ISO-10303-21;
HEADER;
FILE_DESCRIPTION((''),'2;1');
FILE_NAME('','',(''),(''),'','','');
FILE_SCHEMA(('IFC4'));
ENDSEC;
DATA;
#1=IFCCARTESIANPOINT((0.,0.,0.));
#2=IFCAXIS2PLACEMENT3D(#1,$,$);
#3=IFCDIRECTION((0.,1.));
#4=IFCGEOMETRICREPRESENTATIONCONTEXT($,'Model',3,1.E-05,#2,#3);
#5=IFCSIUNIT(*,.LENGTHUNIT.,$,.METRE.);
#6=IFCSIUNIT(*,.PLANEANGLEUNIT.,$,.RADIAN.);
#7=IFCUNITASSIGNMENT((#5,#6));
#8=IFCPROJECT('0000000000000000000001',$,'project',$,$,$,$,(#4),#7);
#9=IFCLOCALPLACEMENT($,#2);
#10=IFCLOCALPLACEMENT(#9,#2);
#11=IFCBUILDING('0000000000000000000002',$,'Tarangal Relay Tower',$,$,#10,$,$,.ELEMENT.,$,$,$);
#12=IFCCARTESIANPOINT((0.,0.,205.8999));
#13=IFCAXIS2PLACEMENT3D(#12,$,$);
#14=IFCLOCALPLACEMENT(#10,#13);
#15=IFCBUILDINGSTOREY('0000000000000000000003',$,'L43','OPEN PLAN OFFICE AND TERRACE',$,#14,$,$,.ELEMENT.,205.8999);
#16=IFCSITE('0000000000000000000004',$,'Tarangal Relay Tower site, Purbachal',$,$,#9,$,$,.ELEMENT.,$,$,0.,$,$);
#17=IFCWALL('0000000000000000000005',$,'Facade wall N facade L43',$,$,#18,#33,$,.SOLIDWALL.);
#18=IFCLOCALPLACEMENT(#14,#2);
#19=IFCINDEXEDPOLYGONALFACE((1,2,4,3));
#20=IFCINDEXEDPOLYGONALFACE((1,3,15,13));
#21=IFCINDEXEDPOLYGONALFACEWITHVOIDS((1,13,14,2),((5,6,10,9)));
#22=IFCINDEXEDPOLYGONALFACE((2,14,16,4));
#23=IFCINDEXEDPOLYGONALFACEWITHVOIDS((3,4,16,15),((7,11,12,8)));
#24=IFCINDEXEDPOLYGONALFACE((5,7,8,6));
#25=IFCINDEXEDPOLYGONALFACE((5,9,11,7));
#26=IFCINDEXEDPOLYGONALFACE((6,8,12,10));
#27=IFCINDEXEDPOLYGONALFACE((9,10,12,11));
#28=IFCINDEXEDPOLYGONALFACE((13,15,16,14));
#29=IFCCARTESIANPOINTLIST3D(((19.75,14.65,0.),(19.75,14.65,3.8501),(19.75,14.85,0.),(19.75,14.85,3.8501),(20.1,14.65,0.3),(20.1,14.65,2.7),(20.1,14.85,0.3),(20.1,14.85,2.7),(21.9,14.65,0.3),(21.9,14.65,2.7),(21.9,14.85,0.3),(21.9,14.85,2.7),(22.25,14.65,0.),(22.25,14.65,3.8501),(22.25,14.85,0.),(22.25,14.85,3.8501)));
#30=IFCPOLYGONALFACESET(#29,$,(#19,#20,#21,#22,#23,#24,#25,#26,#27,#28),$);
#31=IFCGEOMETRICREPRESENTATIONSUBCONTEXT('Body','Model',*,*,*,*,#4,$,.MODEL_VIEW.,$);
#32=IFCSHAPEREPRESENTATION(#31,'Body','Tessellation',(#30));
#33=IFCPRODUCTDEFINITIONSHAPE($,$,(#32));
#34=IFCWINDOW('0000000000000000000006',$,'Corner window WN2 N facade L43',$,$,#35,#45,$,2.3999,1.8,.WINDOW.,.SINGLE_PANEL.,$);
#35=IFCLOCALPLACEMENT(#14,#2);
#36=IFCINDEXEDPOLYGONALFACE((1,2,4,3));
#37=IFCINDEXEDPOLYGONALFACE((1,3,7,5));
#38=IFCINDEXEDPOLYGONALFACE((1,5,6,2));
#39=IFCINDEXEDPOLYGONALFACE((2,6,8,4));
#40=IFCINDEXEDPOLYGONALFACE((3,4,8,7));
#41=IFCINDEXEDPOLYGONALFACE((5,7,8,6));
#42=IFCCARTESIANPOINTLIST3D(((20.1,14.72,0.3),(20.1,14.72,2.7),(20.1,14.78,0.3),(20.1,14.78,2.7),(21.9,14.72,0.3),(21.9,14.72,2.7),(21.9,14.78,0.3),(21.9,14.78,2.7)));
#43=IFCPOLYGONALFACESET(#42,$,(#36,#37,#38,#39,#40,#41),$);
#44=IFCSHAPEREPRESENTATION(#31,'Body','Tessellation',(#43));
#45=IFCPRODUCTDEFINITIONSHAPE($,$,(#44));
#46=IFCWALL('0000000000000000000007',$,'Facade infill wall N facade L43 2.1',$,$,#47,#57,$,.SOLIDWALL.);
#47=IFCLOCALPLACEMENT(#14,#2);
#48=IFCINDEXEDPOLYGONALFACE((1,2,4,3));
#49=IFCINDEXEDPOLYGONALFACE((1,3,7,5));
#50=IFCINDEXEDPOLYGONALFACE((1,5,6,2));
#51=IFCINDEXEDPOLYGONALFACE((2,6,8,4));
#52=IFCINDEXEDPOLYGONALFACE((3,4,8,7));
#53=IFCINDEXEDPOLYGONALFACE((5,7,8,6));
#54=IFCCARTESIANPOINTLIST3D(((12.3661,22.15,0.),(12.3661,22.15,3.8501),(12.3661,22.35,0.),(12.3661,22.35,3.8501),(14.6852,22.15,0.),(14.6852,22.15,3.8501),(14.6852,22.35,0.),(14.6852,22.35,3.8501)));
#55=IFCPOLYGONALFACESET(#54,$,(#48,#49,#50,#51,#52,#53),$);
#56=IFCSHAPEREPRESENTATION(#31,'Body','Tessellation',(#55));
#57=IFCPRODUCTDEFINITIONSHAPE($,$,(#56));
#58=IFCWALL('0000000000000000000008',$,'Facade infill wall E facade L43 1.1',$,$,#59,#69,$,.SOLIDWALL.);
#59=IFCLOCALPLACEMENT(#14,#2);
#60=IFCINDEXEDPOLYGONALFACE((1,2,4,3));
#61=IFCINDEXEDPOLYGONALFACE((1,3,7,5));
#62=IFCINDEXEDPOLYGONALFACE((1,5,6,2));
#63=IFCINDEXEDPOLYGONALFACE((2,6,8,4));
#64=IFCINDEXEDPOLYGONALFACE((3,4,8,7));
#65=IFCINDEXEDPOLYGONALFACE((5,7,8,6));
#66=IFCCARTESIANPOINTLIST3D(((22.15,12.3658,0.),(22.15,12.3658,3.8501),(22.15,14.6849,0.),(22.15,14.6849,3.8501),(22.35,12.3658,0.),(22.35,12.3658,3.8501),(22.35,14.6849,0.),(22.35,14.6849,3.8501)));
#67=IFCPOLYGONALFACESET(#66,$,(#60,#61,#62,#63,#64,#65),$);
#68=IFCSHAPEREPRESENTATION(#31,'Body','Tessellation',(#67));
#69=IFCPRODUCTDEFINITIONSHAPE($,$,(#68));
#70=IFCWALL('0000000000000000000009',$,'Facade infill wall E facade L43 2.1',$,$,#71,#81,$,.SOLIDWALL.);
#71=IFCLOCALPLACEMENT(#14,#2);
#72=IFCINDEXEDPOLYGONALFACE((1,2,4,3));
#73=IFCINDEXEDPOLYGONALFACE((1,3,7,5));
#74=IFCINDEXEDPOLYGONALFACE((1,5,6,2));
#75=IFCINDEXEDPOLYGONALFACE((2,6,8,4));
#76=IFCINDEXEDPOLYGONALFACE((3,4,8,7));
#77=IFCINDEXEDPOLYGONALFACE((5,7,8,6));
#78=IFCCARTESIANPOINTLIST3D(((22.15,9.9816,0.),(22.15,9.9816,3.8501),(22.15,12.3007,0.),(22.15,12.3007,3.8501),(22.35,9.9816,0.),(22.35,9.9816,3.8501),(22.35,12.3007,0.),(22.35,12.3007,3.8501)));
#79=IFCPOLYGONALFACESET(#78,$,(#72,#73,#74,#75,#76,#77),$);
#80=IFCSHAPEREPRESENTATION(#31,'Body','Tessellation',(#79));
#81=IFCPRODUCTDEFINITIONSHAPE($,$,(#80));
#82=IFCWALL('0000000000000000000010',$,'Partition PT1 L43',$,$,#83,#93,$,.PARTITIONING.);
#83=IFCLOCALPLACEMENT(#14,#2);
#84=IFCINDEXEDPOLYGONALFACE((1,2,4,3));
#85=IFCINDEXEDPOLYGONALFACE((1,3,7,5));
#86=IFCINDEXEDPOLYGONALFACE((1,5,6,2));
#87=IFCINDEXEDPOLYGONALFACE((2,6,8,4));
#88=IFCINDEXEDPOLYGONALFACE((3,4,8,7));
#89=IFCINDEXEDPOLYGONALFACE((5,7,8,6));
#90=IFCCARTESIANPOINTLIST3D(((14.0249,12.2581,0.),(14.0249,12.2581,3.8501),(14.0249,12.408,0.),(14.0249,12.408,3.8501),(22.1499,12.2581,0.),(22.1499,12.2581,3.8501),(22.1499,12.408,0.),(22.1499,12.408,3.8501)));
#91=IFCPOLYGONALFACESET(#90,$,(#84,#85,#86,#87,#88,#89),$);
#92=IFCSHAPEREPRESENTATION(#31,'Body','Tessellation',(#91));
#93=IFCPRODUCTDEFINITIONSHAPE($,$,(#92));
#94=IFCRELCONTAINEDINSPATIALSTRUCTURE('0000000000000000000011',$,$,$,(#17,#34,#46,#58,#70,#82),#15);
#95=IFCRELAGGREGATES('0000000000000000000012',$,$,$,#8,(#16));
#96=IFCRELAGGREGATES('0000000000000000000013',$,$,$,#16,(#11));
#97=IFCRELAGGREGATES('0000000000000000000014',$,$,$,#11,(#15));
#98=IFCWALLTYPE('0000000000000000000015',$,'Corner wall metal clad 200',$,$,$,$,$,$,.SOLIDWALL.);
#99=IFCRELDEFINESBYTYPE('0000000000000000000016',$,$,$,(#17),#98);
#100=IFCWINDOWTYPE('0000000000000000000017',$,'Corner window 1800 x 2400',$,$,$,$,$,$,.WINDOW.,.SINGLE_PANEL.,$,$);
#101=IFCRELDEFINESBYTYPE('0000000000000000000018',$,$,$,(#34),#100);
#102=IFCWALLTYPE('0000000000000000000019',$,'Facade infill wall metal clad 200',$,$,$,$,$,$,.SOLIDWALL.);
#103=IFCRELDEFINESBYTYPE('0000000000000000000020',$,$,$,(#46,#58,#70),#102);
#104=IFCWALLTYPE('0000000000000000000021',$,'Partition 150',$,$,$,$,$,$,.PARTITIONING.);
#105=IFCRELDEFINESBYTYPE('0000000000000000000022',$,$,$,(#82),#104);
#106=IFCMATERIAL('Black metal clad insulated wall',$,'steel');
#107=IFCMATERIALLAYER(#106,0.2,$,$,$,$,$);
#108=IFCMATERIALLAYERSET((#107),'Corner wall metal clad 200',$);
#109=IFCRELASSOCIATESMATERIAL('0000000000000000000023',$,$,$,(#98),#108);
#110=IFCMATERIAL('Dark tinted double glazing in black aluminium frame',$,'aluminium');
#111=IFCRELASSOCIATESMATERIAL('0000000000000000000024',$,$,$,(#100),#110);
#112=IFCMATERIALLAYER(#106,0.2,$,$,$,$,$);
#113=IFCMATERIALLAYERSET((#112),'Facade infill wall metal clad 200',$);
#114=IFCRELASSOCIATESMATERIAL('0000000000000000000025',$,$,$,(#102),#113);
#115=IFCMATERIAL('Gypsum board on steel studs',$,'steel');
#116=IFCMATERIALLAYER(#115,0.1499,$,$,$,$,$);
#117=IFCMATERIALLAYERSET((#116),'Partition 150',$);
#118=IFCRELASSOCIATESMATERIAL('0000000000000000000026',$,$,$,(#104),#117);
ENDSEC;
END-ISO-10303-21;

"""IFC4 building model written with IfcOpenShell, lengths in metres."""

from ifc_helpers import new_model, si_unit, direction, frame, frame_2d, origin, place, context, subcontext, project, spatial, rectangle, extrude, material, layer, layer_set, type_object, element, fill, save


model = new_model("IFC4")

# Units and contexts
model_context = context("Model", 3, precision=1e-05, world=origin(), true_north=direction((0.0, 1.0)))
body_context = subcontext(model_context, "Body", "Model", "MODEL_VIEW")
ifc_project = project(units=[si_unit("LENGTHUNIT", "METRE"), si_unit("PLANEANGLEUNIT", "RADIAN")], contexts=[model_context])

# Site, building, storey
site_placement = place(None, origin())
site = spatial("IfcSite", under=ifc_project, at=site_placement, Name="Tarangal Relay Tower site, Purbachal", CompositionType="ELEMENT", RefElevation=0.0)
building_placement = place(site_placement, origin())
building = spatial("IfcBuilding", under=site, at=building_placement, Name="Tarangal Relay Tower", CompositionType="ELEMENT")
storey_placement = place(building_placement, frame((0.0, 0.0, 205.8999)))
storey = spatial("IfcBuildingStorey", under=building, at=storey_placement, Name="L43", Description="OPEN PLAN OFFICE AND TERRACE", CompositionType="ELEMENT", Elevation=205.8999)

# Shared definitions
ifc_material_1 = material(Name="Black metal clad insulated wall", Category="steel")
ifc_layer_1 = layer(ifc_material_1, 0.2)
ifc_layer_set_1 = layer_set([ifc_layer_1], Name="Corner wall metal clad 200")
wall_type_1 = type_object("IfcWallType", Name="Corner wall metal clad 200", PredefinedType="SOLIDWALL", material=ifc_layer_set_1)

# Shared definitions
ifc_material_2 = material(Name="Dark tinted double glazing in black aluminium frame", Category="aluminium")
window_type = type_object("IfcWindowType", Name="Corner window 1800 x 2400", PartitioningType="SINGLE_PANEL", PredefinedType="WINDOW", material=ifc_material_2)

# Wall, opening, window
wall_1_placement = place(storey_placement, frame((19.75, 14.75, 0.0), z_axis=(0.0, 0.0, 1.0), x_axis=(1.0, 0.0, 0.0)))
wall_1 = element("IfcWall", 1, at=wall_1_placement, inside=storey, type_object=wall_type_1, Name="Facade wall N facade L43", PredefinedType="SOLIDWALL", context=body_context, shape_type="SweptSolid", body=[
    extrude(rectangle(XDim=2.5, YDim=0.2, at=frame_2d((1.25, 0.0))), origin(), (0.0, 0.0, 1.0), 3.8501),
])
opening_1_placement = place(wall_1_placement, frame((0.3501, 0.0, 0.3)))
opening_1 = element("IfcOpeningElement", 2, at=opening_1_placement, cuts=wall_1, PredefinedType="OPENING", context=body_context, shape_type="SweptSolid", body=[
    extrude(rectangle(XDim=1.8, YDim=2.3999, at=frame_2d((0.8999, 1.2))), frame((0.0, 0.1099, 0.0), z_axis=(0.0, -1.0, 0.0), x_axis=(1.0, 0.0, 0.0)), (0.0, 0.0, 1.0), 0.22),
])
window_1_placement = place(opening_1_placement, origin())
window_1 = element("IfcWindow", 3, at=window_1_placement, inside=storey, type_object=window_type, Name="Corner window WN2 N facade L43", OverallHeight=2.3999, OverallWidth=1.8, PartitioningType="SINGLE_PANEL", PredefinedType="WINDOW", context=body_context, shape_type="SweptSolid", body=[
    extrude(rectangle(XDim=1.8, YDim=2.3999, at=frame_2d((0.8999, 1.2))), frame((0.0, 0.03, 0.0), z_axis=(0.0, -1.0, 0.0), x_axis=(1.0, 0.0, 0.0)), (0.0, 0.0, 1.0), 0.0601),
])
fill(opening_1, window_1)

# Walls
ifc_layer_2 = layer(ifc_material_1, 0.2)
ifc_layer_set_2 = layer_set([ifc_layer_2], Name="Facade infill wall metal clad 200")
wall_type_2 = type_object("IfcWallType", Name="Facade infill wall metal clad 200", PredefinedType="SOLIDWALL", material=ifc_layer_set_2)
for number, where, z_axis, x_axis, name in (
    (4, (12.366, 22.25, 0.0), (0.0, 0.0, 1.0), (1.0, 0.0, 0.0), "Facade infill wall N facade L43 2.1"),
    (5, (22.25, 14.6851, 0.0), (0.0, 0.0, 1.0), (0.0, -1.0, 0.0), "Facade infill wall E facade L43 1.1"),
    (6, (22.25, 12.3008, 0.0), (0.0, 0.0, 1.0), (0.0, -1.0, 0.0), "Facade infill wall E facade L43 2.1"),
):
    element("IfcWall", number, at=place(storey_placement, frame(where, z_axis=z_axis, x_axis=x_axis)), inside=storey, type_object=wall_type_2, Name=name, PredefinedType="SOLIDWALL", context=body_context, shape_type="SweptSolid", body=[
        extrude(rectangle(XDim=2.3191, YDim=0.2, at=frame_2d((1.1597, 0.0))), origin(), (0.0, 0.0, 1.0), 3.8501),
    ])
ifc_material_3 = material(Name="Gypsum board on steel studs", Category="steel")
ifc_layer_3 = layer(ifc_material_3, 0.1499)
ifc_layer_set_3 = layer_set([ifc_layer_3], Name="Partition 150")
wall_type_3 = type_object("IfcWallType", Name="Partition 150", PredefinedType="PARTITIONING", material=ifc_layer_set_3)
wall_2_placement = place(storey_placement, frame((14.0249, 12.333, 0.0), z_axis=(0.0, 0.0, 1.0), x_axis=(1.0, 0.0, 0.0)))
element("IfcWall", 7, at=wall_2_placement, inside=storey, type_object=wall_type_3, Name="Partition PT1 L43", PredefinedType="PARTITIONING", context=body_context, shape_type="SweptSolid", body=[
    extrude(rectangle(XDim=8.125, YDim=0.1499, at=frame_2d((4.0625, 0.0))), origin(), (0.0, 0.0, 1.0), 3.8501),
])

save(model, "model.ifc")
